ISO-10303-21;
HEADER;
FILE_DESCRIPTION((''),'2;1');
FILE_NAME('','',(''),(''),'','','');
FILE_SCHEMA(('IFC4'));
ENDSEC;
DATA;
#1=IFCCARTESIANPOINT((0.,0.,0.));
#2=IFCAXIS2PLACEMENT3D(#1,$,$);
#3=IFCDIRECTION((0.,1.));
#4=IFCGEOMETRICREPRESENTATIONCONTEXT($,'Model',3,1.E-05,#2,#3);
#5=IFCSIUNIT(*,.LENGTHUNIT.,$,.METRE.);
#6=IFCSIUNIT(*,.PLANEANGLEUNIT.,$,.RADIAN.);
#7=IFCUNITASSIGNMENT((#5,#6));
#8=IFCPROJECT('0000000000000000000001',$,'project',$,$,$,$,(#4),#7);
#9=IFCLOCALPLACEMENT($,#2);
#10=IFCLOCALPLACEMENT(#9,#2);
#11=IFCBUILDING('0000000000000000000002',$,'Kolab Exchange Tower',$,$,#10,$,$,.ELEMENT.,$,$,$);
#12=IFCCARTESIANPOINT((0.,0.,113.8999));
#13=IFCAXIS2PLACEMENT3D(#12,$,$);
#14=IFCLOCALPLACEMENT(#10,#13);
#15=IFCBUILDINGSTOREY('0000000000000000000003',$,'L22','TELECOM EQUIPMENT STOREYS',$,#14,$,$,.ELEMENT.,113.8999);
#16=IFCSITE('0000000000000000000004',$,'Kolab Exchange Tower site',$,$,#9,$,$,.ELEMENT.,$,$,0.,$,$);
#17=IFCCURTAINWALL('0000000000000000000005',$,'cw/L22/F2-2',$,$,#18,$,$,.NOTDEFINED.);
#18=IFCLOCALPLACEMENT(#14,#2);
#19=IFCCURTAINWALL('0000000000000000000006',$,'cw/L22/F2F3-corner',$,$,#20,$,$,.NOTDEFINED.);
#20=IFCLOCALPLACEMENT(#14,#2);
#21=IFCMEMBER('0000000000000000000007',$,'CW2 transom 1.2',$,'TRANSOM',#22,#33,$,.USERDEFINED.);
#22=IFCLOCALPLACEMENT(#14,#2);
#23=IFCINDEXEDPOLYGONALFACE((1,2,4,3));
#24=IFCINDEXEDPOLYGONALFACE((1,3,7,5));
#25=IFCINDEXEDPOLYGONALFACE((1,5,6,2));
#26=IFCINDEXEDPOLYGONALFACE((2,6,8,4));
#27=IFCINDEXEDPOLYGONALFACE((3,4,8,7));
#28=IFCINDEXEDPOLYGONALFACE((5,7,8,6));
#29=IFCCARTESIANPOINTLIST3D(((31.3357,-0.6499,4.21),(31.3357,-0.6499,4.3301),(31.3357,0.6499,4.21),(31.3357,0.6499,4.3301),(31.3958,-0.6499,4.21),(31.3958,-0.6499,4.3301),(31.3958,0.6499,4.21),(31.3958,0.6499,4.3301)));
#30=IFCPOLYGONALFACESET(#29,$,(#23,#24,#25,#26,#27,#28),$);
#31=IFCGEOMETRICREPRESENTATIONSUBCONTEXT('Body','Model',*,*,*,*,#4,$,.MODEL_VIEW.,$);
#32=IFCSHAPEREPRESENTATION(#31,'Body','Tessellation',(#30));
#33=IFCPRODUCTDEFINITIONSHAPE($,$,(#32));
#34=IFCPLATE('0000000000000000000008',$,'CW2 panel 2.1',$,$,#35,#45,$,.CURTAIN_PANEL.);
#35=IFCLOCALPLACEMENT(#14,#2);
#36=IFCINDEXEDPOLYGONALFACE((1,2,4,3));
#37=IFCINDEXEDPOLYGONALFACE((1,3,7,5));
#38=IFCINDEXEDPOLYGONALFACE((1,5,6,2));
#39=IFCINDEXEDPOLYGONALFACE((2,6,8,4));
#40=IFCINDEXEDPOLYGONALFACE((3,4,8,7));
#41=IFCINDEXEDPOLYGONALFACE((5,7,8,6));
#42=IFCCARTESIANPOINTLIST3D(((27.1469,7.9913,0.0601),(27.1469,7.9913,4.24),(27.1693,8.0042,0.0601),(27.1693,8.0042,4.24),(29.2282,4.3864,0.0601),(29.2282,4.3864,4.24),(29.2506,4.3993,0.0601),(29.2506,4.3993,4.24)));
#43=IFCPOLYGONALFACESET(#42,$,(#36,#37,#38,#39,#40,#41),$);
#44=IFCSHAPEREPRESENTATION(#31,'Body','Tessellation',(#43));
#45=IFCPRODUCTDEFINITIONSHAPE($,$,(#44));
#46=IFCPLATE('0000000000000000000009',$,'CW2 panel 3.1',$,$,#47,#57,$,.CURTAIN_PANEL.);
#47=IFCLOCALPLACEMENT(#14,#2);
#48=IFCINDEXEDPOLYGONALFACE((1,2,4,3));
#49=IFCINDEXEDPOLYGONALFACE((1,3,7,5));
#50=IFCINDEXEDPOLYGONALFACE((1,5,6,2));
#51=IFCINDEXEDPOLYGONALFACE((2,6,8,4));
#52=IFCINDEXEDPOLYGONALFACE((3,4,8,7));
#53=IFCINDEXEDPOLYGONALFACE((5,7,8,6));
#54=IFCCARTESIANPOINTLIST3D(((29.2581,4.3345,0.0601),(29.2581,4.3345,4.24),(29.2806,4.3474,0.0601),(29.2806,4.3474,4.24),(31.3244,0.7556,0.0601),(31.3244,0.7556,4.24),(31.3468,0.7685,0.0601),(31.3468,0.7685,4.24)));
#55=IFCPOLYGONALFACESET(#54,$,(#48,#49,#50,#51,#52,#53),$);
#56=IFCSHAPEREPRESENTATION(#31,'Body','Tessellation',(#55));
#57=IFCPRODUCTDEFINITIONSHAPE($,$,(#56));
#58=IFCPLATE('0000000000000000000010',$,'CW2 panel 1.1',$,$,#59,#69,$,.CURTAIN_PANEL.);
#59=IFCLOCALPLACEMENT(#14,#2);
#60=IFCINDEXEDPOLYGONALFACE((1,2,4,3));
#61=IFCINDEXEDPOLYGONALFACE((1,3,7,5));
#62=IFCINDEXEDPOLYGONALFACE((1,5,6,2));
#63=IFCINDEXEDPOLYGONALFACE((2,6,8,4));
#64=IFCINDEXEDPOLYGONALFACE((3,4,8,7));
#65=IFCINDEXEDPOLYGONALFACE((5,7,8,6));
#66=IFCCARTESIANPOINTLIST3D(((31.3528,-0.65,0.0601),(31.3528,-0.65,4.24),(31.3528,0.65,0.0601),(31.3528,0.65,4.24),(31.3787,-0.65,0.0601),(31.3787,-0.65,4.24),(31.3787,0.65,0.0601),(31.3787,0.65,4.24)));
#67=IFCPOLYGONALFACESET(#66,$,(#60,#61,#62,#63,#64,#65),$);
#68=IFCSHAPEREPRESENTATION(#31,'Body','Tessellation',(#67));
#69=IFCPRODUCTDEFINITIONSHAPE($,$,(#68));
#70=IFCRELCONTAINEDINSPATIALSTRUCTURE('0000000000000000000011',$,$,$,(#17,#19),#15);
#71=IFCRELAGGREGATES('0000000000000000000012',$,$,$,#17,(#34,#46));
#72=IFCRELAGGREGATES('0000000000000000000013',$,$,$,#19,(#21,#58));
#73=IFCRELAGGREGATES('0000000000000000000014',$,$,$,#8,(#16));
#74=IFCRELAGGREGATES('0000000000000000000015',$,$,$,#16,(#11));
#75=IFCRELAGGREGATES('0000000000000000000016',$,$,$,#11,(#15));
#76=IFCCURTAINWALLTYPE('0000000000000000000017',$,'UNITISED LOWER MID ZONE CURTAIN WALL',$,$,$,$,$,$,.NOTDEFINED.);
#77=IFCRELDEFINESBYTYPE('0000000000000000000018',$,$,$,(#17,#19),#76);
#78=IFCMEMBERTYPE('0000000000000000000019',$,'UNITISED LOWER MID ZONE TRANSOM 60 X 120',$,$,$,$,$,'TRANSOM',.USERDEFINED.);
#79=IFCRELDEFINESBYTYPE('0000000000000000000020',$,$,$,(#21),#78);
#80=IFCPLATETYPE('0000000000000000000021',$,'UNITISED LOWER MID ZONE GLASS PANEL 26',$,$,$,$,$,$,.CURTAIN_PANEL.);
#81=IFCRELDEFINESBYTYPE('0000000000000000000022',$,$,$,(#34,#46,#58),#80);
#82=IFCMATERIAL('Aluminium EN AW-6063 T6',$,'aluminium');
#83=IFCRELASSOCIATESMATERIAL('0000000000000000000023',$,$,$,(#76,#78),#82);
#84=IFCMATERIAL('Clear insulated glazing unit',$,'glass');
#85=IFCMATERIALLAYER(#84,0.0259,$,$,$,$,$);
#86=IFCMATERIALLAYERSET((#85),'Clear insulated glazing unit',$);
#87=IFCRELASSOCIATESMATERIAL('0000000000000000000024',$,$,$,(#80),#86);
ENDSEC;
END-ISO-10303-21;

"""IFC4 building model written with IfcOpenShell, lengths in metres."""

from ifc_helpers import new_model, si_unit, direction, frame, origin, origin_2d, place, context, subcontext, project, spatial, rectangle, extrude, material, layer, layer_set, material_profile, profile_set, type_object, element, aggregate, save


model = new_model("IFC4")

# Units and contexts
model_context = context("Model", 3, precision=1e-05, world=origin(), true_north=direction((0.0, 1.0)))
body_context = subcontext(model_context, "Body", "Model", "MODEL_VIEW")
ifc_project = project(units=[si_unit("LENGTHUNIT", "METRE"), si_unit("PLANEANGLEUNIT", "RADIAN")], contexts=[model_context])

# Site, building, storey
site_placement = place(None, origin())
site = spatial("IfcSite", under=ifc_project, at=site_placement, Name="Kolab Exchange Tower site", CompositionType="ELEMENT", RefElevation=0.0)
building_placement = place(site_placement, origin())
building = spatial("IfcBuilding", under=site, at=building_placement, Name="Kolab Exchange Tower", CompositionType="ELEMENT")
storey_placement = place(building_placement, frame((0.0, 0.0, 113.8999)))
storey = spatial("IfcBuildingStorey", under=building, at=storey_placement, Name="L22", Description="TELECOM EQUIPMENT STOREYS", CompositionType="ELEMENT", Elevation=113.8999)

# Curtain wall
ifc_material_1 = material(Name="Aluminium EN AW-6063 T6", Category="aluminium")
curtain_wall_type = type_object("IfcCurtainWallType", Name="UNITISED LOWER MID ZONE CURTAIN WALL", PredefinedType="NOTDEFINED", material=ifc_material_1)
curtain_wall_1_placement = place(storey_placement, origin())
curtain_wall_1 = element("IfcCurtainWall", 1, at=curtain_wall_1_placement, inside=storey, type_object=curtain_wall_type, Name="cw/L22/F2-2", PredefinedType="NOTDEFINED")

# Curtain wall
curtain_wall_2_placement = place(storey_placement, origin())
curtain_wall_2 = element("IfcCurtainWall", 2, at=curtain_wall_2_placement, inside=storey, type_object=curtain_wall_type, Name="cw/L22/F2F3-corner", PredefinedType="NOTDEFINED")

# Member
ifc_material_profile_1 = material_profile(ifc_material_1, rectangle(XDim=0.0601, YDim=0.1201, at=origin_2d()), Name="RECT 60X120")
ifc_profile_set_1 = profile_set([ifc_material_profile_1], Name="Aluminium EN AW-6063 T6")
member_type_1 = type_object("IfcMemberType", Name="UNITISED LOWER MID ZONE TRANSOM 60 X 120", ElementType="TRANSOM", PredefinedType="USERDEFINED", material=ifc_profile_set_1)
member_1_placement = place(storey_placement, frame((31.3657, 0.6499, 4.27), z_axis=(0.0, -1.0, 0.0), x_axis=(1.0, 0.0, 0.0)))
member_1 = element("IfcMember", 3, at=member_1_placement, type_object=member_type_1, Name="CW2 transom 1.2", ObjectType="TRANSOM", PredefinedType="USERDEFINED", context=body_context, shape_type="SweptSolid", body=[
    extrude(rectangle(XDim=0.0601, YDim=0.1201, at=origin_2d()), origin(), (0.0, 0.0, 1.0), 1.2998),
])

# Plates
ifc_material_2 = material(Name="Clear insulated glazing unit", Category="glass")
ifc_layer = layer(ifc_material_2, 0.0259)
ifc_layer_set = layer_set([ifc_layer], Name="Clear insulated glazing unit")
plate_type = type_object("IfcPlateType", Name="UNITISED LOWER MID ZONE GLASS PANEL 26", PredefinedType="CURTAIN_PANEL", material=ifc_layer_set)
plate_1_placement = place(storey_placement, frame((28.1987, 6.1953, 0.0601), z_axis=(0.0, 0.0, 1.0), x_axis=(0.5, -0.866025, 0.0)))
plate_1 = element("IfcPlate", 4, at=plate_1_placement, type_object=plate_type, Name="CW2 panel 2.1", PredefinedType="CURTAIN_PANEL", context=body_context, shape_type="SweptSolid", body=[
    extrude(rectangle(XDim=4.1626, YDim=0.0259, at=origin_2d()), origin(), (0.0, 0.0, 1.0), 4.1799),
])
plate_2_placement = place(storey_placement, frame((30.3025, 2.5515, 0.0601), z_axis=(0.0, 0.0, 1.0), x_axis=(0.5, -0.866025, 0.0)))
plate_2 = element("IfcPlate", 5, at=plate_2_placement, type_object=plate_type, Name="CW2 panel 3.1", PredefinedType="CURTAIN_PANEL", context=body_context, shape_type="SweptSolid", body=[
    extrude(rectangle(XDim=4.1326, YDim=0.0259, at=origin_2d()), origin(), (0.0, 0.0, 1.0), 4.1799),
])
aggregate(curtain_wall_1, [plate_1, plate_2])
plate_3_placement = place(storey_placement, frame((31.3657, 0.0, 0.0601), z_axis=(0.0, 0.0, 1.0), x_axis=(0.0, -1.0, 0.0)))
plate_3 = element("IfcPlate", 6, at=plate_3_placement, type_object=plate_type, Name="CW2 panel 1.1", PredefinedType="CURTAIN_PANEL", context=body_context, shape_type="SweptSolid", body=[
    extrude(rectangle(XDim=1.3, YDim=0.0259, at=origin_2d()), origin(), (0.0, 0.0, 1.0), 4.1799),
])
aggregate(curtain_wall_2, [member_1, plate_3])

save(model, "model.ifc")
